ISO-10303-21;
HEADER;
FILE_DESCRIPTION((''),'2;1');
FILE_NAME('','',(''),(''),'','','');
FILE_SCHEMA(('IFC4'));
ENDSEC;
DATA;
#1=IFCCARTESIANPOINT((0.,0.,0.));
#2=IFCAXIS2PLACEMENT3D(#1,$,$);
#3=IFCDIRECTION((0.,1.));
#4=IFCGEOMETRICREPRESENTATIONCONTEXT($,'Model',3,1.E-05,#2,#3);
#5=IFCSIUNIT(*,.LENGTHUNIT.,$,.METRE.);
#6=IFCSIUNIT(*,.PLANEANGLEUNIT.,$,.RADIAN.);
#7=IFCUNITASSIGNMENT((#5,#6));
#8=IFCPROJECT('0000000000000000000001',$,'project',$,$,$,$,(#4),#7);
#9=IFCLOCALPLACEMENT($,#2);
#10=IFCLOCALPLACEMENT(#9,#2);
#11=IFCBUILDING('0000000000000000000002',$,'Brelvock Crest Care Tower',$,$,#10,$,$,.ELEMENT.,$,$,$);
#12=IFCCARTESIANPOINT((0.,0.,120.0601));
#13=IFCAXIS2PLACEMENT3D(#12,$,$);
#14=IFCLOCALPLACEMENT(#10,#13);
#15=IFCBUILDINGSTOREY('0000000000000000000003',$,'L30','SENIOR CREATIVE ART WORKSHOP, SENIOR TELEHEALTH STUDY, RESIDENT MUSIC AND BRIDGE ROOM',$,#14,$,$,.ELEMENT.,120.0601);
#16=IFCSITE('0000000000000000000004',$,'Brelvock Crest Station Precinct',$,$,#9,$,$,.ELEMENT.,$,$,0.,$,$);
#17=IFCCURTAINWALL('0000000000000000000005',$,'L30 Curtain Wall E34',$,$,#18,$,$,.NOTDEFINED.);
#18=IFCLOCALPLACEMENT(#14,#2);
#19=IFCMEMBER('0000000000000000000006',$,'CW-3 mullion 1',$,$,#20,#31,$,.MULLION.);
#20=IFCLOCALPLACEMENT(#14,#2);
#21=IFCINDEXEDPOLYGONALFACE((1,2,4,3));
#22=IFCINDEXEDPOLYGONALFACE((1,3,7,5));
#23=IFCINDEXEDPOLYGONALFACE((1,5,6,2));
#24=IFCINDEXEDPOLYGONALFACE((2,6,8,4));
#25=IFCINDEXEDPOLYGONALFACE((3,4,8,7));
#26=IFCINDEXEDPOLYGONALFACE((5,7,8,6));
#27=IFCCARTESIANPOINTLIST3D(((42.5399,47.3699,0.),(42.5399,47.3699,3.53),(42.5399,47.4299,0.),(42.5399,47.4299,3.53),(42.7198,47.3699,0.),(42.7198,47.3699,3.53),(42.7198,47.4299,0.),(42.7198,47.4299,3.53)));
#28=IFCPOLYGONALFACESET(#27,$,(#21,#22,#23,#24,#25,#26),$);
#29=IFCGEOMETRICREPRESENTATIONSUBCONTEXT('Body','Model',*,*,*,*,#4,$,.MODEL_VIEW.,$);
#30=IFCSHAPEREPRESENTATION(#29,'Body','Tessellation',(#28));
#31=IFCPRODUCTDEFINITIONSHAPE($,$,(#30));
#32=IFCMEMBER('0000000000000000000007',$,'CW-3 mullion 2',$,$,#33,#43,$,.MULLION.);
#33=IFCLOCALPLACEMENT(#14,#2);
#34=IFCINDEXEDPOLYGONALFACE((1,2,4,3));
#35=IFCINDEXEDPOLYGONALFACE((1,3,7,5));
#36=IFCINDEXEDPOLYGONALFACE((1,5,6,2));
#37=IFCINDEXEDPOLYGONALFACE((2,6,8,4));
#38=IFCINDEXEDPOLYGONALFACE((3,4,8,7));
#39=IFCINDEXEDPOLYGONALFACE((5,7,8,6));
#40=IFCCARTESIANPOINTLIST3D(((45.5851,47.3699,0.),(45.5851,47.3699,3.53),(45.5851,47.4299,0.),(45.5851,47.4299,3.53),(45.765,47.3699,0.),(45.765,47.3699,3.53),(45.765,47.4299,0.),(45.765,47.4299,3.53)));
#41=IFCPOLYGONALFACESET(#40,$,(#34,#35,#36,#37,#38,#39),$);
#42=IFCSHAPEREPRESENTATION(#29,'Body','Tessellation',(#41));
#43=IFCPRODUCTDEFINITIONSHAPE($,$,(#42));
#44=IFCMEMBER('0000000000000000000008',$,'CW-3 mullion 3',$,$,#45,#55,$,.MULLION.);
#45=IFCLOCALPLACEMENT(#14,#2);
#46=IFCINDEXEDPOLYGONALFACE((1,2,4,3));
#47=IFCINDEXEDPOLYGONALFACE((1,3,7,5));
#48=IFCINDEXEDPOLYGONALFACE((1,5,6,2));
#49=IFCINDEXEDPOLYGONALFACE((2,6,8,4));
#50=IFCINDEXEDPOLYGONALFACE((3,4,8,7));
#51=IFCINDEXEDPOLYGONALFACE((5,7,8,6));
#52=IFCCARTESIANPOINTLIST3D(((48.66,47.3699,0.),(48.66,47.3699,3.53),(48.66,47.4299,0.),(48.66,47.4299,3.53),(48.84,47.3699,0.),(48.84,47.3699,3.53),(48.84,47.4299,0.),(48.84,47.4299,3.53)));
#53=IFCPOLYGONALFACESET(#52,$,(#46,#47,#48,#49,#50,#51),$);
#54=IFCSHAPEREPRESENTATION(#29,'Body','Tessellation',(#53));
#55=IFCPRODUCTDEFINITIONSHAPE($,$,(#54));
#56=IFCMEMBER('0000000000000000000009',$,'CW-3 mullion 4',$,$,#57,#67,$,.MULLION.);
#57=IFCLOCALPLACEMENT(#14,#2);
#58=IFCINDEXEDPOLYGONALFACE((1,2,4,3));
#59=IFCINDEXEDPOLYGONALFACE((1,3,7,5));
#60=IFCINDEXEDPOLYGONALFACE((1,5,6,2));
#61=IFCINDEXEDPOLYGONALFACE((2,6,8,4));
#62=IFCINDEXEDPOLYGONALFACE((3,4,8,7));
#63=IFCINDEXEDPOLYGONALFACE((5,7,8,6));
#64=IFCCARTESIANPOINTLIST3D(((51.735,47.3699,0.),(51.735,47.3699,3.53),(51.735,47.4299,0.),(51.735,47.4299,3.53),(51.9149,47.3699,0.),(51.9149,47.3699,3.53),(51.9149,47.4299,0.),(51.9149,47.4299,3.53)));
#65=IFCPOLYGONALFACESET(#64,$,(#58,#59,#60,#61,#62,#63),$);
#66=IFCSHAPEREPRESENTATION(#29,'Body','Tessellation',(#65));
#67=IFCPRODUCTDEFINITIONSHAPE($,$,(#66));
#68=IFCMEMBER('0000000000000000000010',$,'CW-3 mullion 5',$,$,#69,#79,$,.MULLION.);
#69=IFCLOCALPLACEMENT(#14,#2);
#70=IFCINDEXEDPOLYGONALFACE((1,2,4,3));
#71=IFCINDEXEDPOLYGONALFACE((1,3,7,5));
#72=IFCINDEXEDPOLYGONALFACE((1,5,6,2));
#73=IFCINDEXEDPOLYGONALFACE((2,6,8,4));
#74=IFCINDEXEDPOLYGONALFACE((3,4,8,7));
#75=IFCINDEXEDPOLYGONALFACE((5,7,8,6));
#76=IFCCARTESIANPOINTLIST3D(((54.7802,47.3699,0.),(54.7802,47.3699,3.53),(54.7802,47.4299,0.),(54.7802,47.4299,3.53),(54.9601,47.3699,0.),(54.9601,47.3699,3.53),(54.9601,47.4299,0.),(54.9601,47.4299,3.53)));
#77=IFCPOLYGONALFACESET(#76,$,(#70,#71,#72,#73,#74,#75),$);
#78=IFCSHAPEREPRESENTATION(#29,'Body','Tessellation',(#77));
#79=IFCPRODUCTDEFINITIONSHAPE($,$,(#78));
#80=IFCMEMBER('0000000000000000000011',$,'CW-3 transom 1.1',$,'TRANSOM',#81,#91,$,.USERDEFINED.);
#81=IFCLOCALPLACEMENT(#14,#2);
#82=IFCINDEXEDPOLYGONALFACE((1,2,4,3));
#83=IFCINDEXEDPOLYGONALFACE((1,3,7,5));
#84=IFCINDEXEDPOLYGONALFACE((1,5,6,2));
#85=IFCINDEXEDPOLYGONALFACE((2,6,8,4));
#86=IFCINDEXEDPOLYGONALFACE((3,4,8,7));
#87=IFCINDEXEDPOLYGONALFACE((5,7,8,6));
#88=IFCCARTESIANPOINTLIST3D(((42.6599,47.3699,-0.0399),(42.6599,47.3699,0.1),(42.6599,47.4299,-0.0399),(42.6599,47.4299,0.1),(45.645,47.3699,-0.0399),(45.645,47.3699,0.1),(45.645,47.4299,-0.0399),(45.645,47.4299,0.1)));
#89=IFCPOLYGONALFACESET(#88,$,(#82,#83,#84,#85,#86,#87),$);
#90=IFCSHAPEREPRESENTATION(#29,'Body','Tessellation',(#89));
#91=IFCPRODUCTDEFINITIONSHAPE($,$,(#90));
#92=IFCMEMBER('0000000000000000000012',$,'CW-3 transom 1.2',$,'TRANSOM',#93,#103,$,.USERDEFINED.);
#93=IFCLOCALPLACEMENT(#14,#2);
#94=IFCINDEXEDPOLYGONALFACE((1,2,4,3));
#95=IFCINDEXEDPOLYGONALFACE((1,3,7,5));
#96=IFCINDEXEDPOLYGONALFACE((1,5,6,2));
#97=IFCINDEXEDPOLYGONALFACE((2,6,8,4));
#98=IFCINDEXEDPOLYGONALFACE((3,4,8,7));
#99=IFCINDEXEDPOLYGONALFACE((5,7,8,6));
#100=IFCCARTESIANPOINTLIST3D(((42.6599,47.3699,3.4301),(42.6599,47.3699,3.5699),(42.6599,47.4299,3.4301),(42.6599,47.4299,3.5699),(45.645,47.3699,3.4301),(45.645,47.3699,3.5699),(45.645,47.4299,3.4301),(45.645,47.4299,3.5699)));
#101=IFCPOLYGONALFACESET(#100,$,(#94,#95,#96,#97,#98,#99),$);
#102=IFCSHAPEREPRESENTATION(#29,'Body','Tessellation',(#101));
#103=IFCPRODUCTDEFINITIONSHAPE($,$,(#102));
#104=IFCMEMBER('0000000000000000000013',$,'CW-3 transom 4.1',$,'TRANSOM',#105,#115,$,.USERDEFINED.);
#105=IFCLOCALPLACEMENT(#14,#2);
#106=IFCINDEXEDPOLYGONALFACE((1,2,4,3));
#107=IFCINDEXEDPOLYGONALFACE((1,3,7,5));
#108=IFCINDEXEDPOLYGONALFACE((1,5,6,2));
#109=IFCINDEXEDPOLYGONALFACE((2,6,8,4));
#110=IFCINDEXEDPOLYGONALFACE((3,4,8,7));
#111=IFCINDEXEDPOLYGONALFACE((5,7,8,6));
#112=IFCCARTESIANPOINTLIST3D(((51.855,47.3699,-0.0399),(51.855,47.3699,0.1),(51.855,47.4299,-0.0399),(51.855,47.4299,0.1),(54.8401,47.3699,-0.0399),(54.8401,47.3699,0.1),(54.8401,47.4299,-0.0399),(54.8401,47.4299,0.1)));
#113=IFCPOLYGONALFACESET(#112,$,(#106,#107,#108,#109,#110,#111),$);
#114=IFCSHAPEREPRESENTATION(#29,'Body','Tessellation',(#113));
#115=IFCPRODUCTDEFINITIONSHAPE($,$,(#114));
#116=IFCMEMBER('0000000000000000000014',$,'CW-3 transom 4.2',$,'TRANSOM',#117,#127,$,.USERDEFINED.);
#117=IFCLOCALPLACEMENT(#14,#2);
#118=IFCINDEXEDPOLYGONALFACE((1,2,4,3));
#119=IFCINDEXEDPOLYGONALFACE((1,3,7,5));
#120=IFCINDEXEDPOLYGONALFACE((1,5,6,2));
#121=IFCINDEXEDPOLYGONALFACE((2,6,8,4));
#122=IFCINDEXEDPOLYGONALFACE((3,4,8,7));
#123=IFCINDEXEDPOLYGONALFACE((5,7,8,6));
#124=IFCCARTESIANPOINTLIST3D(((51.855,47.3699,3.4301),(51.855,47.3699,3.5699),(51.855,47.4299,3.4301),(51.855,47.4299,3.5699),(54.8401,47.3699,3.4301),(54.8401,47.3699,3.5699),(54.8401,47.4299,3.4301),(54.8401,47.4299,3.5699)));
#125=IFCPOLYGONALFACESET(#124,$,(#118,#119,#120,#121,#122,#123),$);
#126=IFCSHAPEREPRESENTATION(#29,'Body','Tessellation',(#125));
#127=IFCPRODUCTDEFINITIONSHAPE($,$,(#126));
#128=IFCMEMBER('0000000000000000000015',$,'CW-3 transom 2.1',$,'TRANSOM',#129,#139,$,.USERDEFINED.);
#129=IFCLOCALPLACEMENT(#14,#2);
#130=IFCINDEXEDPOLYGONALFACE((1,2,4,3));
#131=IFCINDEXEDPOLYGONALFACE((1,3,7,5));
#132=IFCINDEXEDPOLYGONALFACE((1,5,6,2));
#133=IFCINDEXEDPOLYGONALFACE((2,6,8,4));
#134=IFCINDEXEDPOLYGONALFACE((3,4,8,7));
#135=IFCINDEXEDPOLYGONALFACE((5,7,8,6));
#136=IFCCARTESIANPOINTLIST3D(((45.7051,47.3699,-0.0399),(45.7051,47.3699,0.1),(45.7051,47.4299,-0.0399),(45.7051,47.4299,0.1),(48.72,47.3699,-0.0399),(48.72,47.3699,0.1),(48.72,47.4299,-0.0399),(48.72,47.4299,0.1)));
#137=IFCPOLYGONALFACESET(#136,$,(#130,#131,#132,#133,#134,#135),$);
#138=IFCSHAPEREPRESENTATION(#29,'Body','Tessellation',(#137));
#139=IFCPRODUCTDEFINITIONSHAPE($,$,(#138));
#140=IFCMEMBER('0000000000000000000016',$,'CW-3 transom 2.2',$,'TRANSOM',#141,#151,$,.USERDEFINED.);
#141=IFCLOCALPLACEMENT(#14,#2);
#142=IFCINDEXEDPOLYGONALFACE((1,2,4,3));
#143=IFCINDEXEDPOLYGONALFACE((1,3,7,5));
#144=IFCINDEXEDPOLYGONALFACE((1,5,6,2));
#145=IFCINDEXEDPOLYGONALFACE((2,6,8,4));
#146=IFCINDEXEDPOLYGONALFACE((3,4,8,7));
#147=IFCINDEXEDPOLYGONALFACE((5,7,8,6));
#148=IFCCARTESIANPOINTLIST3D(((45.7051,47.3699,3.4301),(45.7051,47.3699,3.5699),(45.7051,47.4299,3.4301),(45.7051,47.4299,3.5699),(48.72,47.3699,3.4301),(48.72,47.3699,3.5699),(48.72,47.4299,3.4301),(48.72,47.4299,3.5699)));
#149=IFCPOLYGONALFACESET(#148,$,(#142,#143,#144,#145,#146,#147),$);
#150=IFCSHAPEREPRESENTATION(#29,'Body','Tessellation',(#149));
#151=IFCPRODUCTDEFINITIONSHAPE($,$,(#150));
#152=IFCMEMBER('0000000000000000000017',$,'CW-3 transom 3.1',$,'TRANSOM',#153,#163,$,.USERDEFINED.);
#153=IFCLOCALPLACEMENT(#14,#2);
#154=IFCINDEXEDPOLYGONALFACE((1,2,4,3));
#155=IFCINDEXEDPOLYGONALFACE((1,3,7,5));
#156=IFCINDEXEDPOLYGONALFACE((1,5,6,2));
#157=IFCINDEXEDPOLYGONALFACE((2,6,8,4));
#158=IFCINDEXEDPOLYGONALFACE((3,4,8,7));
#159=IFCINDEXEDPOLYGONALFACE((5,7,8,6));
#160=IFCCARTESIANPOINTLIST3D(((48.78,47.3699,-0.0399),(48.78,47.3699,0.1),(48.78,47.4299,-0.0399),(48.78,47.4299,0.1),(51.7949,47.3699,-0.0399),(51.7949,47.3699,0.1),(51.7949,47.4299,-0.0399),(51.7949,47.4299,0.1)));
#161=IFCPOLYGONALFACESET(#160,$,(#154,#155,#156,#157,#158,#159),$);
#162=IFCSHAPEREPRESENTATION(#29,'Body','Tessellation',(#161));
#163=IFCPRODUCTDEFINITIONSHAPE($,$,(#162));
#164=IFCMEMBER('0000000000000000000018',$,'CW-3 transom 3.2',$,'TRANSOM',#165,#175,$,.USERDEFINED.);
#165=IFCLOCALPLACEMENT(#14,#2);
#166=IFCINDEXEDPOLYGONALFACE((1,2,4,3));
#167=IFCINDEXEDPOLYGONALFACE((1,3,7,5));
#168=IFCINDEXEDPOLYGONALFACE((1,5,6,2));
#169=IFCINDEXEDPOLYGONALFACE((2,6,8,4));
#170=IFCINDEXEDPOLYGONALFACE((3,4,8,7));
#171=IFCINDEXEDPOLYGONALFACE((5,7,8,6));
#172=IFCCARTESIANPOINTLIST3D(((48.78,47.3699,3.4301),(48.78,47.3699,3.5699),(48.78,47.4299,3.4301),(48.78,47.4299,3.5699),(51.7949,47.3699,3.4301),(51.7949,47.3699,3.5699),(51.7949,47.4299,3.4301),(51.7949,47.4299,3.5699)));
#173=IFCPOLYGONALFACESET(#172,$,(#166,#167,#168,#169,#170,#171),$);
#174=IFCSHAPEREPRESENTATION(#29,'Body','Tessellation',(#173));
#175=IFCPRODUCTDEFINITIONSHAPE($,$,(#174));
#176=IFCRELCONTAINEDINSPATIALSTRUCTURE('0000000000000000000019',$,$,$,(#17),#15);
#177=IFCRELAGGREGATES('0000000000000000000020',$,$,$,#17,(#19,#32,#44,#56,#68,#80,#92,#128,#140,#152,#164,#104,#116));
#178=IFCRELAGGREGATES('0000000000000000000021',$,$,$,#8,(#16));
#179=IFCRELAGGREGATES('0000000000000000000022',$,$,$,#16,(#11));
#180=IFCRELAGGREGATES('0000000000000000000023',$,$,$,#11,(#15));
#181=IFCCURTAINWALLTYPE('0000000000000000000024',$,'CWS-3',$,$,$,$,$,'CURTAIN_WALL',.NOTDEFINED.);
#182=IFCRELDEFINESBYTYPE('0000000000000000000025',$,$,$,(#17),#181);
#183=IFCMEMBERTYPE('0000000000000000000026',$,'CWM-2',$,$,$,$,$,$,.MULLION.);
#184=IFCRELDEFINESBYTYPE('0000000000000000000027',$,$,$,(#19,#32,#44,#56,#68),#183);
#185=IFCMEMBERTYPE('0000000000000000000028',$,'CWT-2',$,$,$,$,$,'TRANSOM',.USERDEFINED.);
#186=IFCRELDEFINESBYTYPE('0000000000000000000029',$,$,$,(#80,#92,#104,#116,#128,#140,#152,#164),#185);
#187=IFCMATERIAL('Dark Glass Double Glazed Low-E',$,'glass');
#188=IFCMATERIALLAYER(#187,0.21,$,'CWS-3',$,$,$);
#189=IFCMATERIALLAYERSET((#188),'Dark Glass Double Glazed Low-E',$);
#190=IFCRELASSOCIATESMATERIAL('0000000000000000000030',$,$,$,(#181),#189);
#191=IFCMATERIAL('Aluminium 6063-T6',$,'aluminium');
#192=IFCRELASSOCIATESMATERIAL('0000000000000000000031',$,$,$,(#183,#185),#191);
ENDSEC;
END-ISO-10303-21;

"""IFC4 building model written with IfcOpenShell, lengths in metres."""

from ifc_helpers import new_model, si_unit, direction, frame, origin, origin_2d, place, context, subcontext, project, spatial, rectangle, extrude, source, transform, mapped, material, layer, layer_set, material_profile, profile_set, type_object, element, aggregate, save


model = new_model("IFC4")

# Units and contexts
model_context = context("Model", 3, precision=1e-05, world=origin(), true_north=direction((0.0, 1.0)))
body_context = subcontext(model_context, "Body", "Model", "MODEL_VIEW")
ifc_project = project(units=[si_unit("LENGTHUNIT", "METRE"), si_unit("PLANEANGLEUNIT", "RADIAN")], contexts=[model_context])

# Site, building, storey
site_placement = place(None, origin())
site = spatial("IfcSite", under=ifc_project, at=site_placement, Name="Brelvock Crest Station Precinct", CompositionType="ELEMENT", RefElevation=0.0)
building_placement = place(site_placement, origin())
building = spatial("IfcBuilding", under=site, at=building_placement, Name="Brelvock Crest Care Tower", CompositionType="ELEMENT")
storey_placement = place(building_placement, frame((0.0, 0.0, 120.0601)))
storey = spatial("IfcBuildingStorey", under=building, at=storey_placement, Name="L30", Description="SENIOR CREATIVE ART WORKSHOP, SENIOR TELEHEALTH STUDY, RESIDENT MUSIC AND BRIDGE ROOM", CompositionType="ELEMENT", Elevation=120.0601)

# Curtain wall, members
ifc_material_1 = material(Name="Dark Glass Double Glazed Low-E", Category="glass")
ifc_layer_1 = layer(ifc_material_1, 0.21, Name="CWS-3")
ifc_layer_set_1 = layer_set([ifc_layer_1], Name="Dark Glass Double Glazed Low-E")
curtain_wall_type = type_object("IfcCurtainWallType", Name="CWS-3", ElementType="CURTAIN_WALL", PredefinedType="NOTDEFINED", material=ifc_layer_set_1)
curtain_wall_placement = place(storey_placement, origin())
curtain_wall = element("IfcCurtainWall", 1, at=curtain_wall_placement, inside=storey, type_object=curtain_wall_type, Name="L30 Curtain Wall E34", PredefinedType="NOTDEFINED")
ifc_material_2 = material(Name="Aluminium 6063-T6", Category="aluminium")
ifc_material_profile_1 = material_profile(ifc_material_2, rectangle(XDim=0.0601, YDim=0.1799, at=origin_2d()), Name="ALU60x180")
ifc_profile_set_1 = profile_set([ifc_material_profile_1], Name="Aluminium 6063-T6")
member_type_1 = type_object("IfcMemberType", Name="CWM-2", PredefinedType="MULLION", material=ifc_profile_set_1)
shared_shape_1 = source(origin(), body_context, "Body", "SweptSolid", [
    extrude(rectangle(XDim=0.0601, YDim=0.1799, at=origin_2d()), origin(), (0.0, 0.0, 1.0), 3.53),
])
member_1_placement = place(storey_placement, frame((42.6299, 47.3999, 0.0), z_axis=(0.0, 0.0, 1.0), x_axis=(0.0, 1.0, 0.0)))
member_1 = element("IfcMember", 2, at=member_1_placement, type_object=member_type_1, Name="CW-3 mullion 1", PredefinedType="MULLION", context=body_context, shape_type="MappedRepresentation", body=[
    mapped(shared_shape_1, transform((0.0, 0.0, 0.0), x_axis=(1.0, 0.0, 0.0), y_axis=(0.0, 1.0, 0.0), z_axis=(0.0, 0.0, 1.0), scale=1.0)),
])
member_2_placement = place(storey_placement, frame((45.675, 47.3999, 0.0), z_axis=(0.0, 0.0, 1.0), x_axis=(0.0, 1.0, 0.0)))
member_2 = element("IfcMember", 3, at=member_2_placement, type_object=member_type_1, Name="CW-3 mullion 2", PredefinedType="MULLION", context=body_context, shape_type="MappedRepresentation", body=[
    mapped(shared_shape_1, transform((0.0, 0.0, 0.0), x_axis=(1.0, 0.0, 0.0), y_axis=(0.0, 1.0, 0.0), z_axis=(0.0, 0.0, 1.0), scale=1.0)),
])
member_3_placement = place(storey_placement, frame((48.75, 47.3999, 0.0), z_axis=(0.0, 0.0, 1.0), x_axis=(0.0, 1.0, 0.0)))
member_3 = element("IfcMember", 4, at=member_3_placement, type_object=member_type_1, Name="CW-3 mullion 3", PredefinedType="MULLION", context=body_context, shape_type="MappedRepresentation", body=[
    mapped(shared_shape_1, transform((0.0, 0.0, 0.0), x_axis=(1.0, 0.0, 0.0), y_axis=(0.0, 1.0, 0.0), z_axis=(0.0, 0.0, 1.0), scale=1.0)),
])
member_4_placement = place(storey_placement, frame((51.825, 47.3999, 0.0), z_axis=(0.0, 0.0, 1.0), x_axis=(0.0, 1.0, 0.0)))
member_4 = element("IfcMember", 5, at=member_4_placement, type_object=member_type_1, Name="CW-3 mullion 4", PredefinedType="MULLION", context=body_context, shape_type="MappedRepresentation", body=[
    mapped(shared_shape_1, transform((0.0, 0.0, 0.0), x_axis=(1.0, 0.0, 0.0), y_axis=(0.0, 1.0, 0.0), z_axis=(0.0, 0.0, 1.0), scale=1.0)),
])
member_5_placement = place(storey_placement, frame((54.8701, 47.3999, 0.0), z_axis=(0.0, 0.0, 1.0), x_axis=(0.0, 1.0, 0.0)))
member_5 = element("IfcMember", 6, at=member_5_placement, type_object=member_type_1, Name="CW-3 mullion 5", PredefinedType="MULLION", context=body_context, shape_type="MappedRepresentation", body=[
    mapped(shared_shape_1, transform((0.0, 0.0, 0.0), x_axis=(1.0, 0.0, 0.0), y_axis=(0.0, 1.0, 0.0), z_axis=(0.0, 0.0, 1.0), scale=1.0)),
])
ifc_material_profile_2 = material_profile(ifc_material_2, rectangle(XDim=0.0601, YDim=0.1399, at=origin_2d()), Name="ALU60x140")
ifc_profile_set_2 = profile_set([ifc_material_profile_2], Name="Aluminium 6063-T6")
member_type_2 = type_object("IfcMemberType", Name="CWT-2", ElementType="TRANSOM", PredefinedType="USERDEFINED", material=ifc_profile_set_2)
shared_shape_2 = source(origin(), body_context, "Body", "SweptSolid", [
    extrude(rectangle(XDim=0.0601, YDim=0.1399, at=origin_2d()), origin(), (0.0, 0.0, 1.0), 2.9851),
])
member_6_placement = place(storey_placement, frame((42.6599, 47.3999, 0.03), z_axis=(1.0, 0.0, 0.0), x_axis=(0.0, 1.0, 0.0)))
member_6 = element("IfcMember", 7, at=member_6_placement, type_object=member_type_2, Name="CW-3 transom 1.1", ObjectType="TRANSOM", PredefinedType="USERDEFINED", context=body_context, shape_type="MappedRepresentation", body=[
    mapped(shared_shape_2, transform((0.0, 0.0, 0.0), x_axis=(1.0, 0.0, 0.0), y_axis=(0.0, 1.0, 0.0), z_axis=(0.0, 0.0, 1.0), scale=1.0)),
])
member_7_placement = place(storey_placement, frame((42.6599, 47.3999, 3.5), z_axis=(1.0, 0.0, 0.0), x_axis=(0.0, 1.0, 0.0)))
member_7 = element("IfcMember", 8, at=member_7_placement, type_object=member_type_2, Name="CW-3 transom 1.2", ObjectType="TRANSOM", PredefinedType="USERDEFINED", context=body_context, shape_type="MappedRepresentation", body=[
    mapped(shared_shape_2, transform((0.0, 0.0, 0.0), x_axis=(1.0, 0.0, 0.0), y_axis=(0.0, 1.0, 0.0), z_axis=(0.0, 0.0, 1.0), scale=1.0)),
])
member_8_placement = place(storey_placement, frame((51.855, 47.3999, 0.03), z_axis=(1.0, 0.0, 0.0), x_axis=(0.0, 1.0, 0.0)))
member_8 = element("IfcMember", 9, at=member_8_placement, type_object=member_type_2, Name="CW-3 transom 4.1", ObjectType="TRANSOM", PredefinedType="USERDEFINED", context=body_context, shape_type="MappedRepresentation", body=[
    mapped(shared_shape_2, transform((0.0, 0.0, 0.0), x_axis=(1.0, 0.0, 0.0), y_axis=(0.0, 1.0, 0.0), z_axis=(0.0, 0.0, 1.0), scale=1.0)),
])
member_9_placement = place(storey_placement, frame((51.855, 47.3999, 3.5), z_axis=(1.0, 0.0, 0.0), x_axis=(0.0, 1.0, 0.0)))
member_9 = element("IfcMember", 10, at=member_9_placement, type_object=member_type_2, Name="CW-3 transom 4.2", ObjectType="TRANSOM", PredefinedType="USERDEFINED", context=body_context, shape_type="MappedRepresentation", body=[
    mapped(shared_shape_2, transform((0.0, 0.0, 0.0), x_axis=(1.0, 0.0, 0.0), y_axis=(0.0, 1.0, 0.0), z_axis=(0.0, 0.0, 1.0), scale=1.0)),
])
shared_shape_3 = source(origin(), body_context, "Body", "SweptSolid", [
    extrude(rectangle(XDim=0.0601, YDim=0.1399, at=origin_2d()), origin(), (0.0, 0.0, 1.0), 3.0149),
])
member_10_placement = place(storey_placement, frame((45.7051, 47.3999, 0.03), z_axis=(1.0, 0.0, 0.0), x_axis=(0.0, 1.0, 0.0)))
member_10 = element("IfcMember", 11, at=member_10_placement, type_object=member_type_2, Name="CW-3 transom 2.1", ObjectType="TRANSOM", PredefinedType="USERDEFINED", context=body_context, shape_type="MappedRepresentation", body=[
    mapped(shared_shape_3, transform((0.0, 0.0, 0.0), x_axis=(1.0, 0.0, 0.0), y_axis=(0.0, 1.0, 0.0), z_axis=(0.0, 0.0, 1.0), scale=1.0)),
])
member_11_placement = place(storey_placement, frame((45.7051, 47.3999, 3.5), z_axis=(1.0, 0.0, 0.0), x_axis=(0.0, 1.0, 0.0)))
member_11 = element("IfcMember", 12, at=member_11_placement, type_object=member_type_2, Name="CW-3 transom 2.2", ObjectType="TRANSOM", PredefinedType="USERDEFINED", context=body_context, shape_type="MappedRepresentation", body=[
    mapped(shared_shape_3, transform((0.0, 0.0, 0.0), x_axis=(1.0, 0.0, 0.0), y_axis=(0.0, 1.0, 0.0), z_axis=(0.0, 0.0, 1.0), scale=1.0)),
])
member_12_placement = place(storey_placement, frame((48.78, 47.3999, 0.03), z_axis=(1.0, 0.0, 0.0), x_axis=(0.0, 1.0, 0.0)))
member_12 = element("IfcMember", 13, at=member_12_placement, type_object=member_type_2, Name="CW-3 transom 3.1", ObjectType="TRANSOM", PredefinedType="USERDEFINED", context=body_context, shape_type="MappedRepresentation", body=[
    mapped(shared_shape_3, transform((0.0, 0.0, 0.0), x_axis=(1.0, 0.0, 0.0), y_axis=(0.0, 1.0, 0.0), z_axis=(0.0, 0.0, 1.0), scale=1.0)),
])
member_13_placement = place(storey_placement, frame((48.78, 47.3999, 3.5), z_axis=(1.0, 0.0, 0.0), x_axis=(0.0, 1.0, 0.0)))
member_13 = element("IfcMember", 14, at=member_13_placement, type_object=member_type_2, Name="CW-3 transom 3.2", ObjectType="TRANSOM", PredefinedType="USERDEFINED", context=body_context, shape_type="MappedRepresentation", body=[
    mapped(shared_shape_3, transform((0.0, 0.0, 0.0), x_axis=(1.0, 0.0, 0.0), y_axis=(0.0, 1.0, 0.0), z_axis=(0.0, 0.0, 1.0), scale=1.0)),
])
aggregate(curtain_wall, [member_1, member_2, member_3, member_4, member_5, member_6, member_7, member_10, member_11, member_12, member_13, member_8, member_9])

save(model, "model.ifc")
